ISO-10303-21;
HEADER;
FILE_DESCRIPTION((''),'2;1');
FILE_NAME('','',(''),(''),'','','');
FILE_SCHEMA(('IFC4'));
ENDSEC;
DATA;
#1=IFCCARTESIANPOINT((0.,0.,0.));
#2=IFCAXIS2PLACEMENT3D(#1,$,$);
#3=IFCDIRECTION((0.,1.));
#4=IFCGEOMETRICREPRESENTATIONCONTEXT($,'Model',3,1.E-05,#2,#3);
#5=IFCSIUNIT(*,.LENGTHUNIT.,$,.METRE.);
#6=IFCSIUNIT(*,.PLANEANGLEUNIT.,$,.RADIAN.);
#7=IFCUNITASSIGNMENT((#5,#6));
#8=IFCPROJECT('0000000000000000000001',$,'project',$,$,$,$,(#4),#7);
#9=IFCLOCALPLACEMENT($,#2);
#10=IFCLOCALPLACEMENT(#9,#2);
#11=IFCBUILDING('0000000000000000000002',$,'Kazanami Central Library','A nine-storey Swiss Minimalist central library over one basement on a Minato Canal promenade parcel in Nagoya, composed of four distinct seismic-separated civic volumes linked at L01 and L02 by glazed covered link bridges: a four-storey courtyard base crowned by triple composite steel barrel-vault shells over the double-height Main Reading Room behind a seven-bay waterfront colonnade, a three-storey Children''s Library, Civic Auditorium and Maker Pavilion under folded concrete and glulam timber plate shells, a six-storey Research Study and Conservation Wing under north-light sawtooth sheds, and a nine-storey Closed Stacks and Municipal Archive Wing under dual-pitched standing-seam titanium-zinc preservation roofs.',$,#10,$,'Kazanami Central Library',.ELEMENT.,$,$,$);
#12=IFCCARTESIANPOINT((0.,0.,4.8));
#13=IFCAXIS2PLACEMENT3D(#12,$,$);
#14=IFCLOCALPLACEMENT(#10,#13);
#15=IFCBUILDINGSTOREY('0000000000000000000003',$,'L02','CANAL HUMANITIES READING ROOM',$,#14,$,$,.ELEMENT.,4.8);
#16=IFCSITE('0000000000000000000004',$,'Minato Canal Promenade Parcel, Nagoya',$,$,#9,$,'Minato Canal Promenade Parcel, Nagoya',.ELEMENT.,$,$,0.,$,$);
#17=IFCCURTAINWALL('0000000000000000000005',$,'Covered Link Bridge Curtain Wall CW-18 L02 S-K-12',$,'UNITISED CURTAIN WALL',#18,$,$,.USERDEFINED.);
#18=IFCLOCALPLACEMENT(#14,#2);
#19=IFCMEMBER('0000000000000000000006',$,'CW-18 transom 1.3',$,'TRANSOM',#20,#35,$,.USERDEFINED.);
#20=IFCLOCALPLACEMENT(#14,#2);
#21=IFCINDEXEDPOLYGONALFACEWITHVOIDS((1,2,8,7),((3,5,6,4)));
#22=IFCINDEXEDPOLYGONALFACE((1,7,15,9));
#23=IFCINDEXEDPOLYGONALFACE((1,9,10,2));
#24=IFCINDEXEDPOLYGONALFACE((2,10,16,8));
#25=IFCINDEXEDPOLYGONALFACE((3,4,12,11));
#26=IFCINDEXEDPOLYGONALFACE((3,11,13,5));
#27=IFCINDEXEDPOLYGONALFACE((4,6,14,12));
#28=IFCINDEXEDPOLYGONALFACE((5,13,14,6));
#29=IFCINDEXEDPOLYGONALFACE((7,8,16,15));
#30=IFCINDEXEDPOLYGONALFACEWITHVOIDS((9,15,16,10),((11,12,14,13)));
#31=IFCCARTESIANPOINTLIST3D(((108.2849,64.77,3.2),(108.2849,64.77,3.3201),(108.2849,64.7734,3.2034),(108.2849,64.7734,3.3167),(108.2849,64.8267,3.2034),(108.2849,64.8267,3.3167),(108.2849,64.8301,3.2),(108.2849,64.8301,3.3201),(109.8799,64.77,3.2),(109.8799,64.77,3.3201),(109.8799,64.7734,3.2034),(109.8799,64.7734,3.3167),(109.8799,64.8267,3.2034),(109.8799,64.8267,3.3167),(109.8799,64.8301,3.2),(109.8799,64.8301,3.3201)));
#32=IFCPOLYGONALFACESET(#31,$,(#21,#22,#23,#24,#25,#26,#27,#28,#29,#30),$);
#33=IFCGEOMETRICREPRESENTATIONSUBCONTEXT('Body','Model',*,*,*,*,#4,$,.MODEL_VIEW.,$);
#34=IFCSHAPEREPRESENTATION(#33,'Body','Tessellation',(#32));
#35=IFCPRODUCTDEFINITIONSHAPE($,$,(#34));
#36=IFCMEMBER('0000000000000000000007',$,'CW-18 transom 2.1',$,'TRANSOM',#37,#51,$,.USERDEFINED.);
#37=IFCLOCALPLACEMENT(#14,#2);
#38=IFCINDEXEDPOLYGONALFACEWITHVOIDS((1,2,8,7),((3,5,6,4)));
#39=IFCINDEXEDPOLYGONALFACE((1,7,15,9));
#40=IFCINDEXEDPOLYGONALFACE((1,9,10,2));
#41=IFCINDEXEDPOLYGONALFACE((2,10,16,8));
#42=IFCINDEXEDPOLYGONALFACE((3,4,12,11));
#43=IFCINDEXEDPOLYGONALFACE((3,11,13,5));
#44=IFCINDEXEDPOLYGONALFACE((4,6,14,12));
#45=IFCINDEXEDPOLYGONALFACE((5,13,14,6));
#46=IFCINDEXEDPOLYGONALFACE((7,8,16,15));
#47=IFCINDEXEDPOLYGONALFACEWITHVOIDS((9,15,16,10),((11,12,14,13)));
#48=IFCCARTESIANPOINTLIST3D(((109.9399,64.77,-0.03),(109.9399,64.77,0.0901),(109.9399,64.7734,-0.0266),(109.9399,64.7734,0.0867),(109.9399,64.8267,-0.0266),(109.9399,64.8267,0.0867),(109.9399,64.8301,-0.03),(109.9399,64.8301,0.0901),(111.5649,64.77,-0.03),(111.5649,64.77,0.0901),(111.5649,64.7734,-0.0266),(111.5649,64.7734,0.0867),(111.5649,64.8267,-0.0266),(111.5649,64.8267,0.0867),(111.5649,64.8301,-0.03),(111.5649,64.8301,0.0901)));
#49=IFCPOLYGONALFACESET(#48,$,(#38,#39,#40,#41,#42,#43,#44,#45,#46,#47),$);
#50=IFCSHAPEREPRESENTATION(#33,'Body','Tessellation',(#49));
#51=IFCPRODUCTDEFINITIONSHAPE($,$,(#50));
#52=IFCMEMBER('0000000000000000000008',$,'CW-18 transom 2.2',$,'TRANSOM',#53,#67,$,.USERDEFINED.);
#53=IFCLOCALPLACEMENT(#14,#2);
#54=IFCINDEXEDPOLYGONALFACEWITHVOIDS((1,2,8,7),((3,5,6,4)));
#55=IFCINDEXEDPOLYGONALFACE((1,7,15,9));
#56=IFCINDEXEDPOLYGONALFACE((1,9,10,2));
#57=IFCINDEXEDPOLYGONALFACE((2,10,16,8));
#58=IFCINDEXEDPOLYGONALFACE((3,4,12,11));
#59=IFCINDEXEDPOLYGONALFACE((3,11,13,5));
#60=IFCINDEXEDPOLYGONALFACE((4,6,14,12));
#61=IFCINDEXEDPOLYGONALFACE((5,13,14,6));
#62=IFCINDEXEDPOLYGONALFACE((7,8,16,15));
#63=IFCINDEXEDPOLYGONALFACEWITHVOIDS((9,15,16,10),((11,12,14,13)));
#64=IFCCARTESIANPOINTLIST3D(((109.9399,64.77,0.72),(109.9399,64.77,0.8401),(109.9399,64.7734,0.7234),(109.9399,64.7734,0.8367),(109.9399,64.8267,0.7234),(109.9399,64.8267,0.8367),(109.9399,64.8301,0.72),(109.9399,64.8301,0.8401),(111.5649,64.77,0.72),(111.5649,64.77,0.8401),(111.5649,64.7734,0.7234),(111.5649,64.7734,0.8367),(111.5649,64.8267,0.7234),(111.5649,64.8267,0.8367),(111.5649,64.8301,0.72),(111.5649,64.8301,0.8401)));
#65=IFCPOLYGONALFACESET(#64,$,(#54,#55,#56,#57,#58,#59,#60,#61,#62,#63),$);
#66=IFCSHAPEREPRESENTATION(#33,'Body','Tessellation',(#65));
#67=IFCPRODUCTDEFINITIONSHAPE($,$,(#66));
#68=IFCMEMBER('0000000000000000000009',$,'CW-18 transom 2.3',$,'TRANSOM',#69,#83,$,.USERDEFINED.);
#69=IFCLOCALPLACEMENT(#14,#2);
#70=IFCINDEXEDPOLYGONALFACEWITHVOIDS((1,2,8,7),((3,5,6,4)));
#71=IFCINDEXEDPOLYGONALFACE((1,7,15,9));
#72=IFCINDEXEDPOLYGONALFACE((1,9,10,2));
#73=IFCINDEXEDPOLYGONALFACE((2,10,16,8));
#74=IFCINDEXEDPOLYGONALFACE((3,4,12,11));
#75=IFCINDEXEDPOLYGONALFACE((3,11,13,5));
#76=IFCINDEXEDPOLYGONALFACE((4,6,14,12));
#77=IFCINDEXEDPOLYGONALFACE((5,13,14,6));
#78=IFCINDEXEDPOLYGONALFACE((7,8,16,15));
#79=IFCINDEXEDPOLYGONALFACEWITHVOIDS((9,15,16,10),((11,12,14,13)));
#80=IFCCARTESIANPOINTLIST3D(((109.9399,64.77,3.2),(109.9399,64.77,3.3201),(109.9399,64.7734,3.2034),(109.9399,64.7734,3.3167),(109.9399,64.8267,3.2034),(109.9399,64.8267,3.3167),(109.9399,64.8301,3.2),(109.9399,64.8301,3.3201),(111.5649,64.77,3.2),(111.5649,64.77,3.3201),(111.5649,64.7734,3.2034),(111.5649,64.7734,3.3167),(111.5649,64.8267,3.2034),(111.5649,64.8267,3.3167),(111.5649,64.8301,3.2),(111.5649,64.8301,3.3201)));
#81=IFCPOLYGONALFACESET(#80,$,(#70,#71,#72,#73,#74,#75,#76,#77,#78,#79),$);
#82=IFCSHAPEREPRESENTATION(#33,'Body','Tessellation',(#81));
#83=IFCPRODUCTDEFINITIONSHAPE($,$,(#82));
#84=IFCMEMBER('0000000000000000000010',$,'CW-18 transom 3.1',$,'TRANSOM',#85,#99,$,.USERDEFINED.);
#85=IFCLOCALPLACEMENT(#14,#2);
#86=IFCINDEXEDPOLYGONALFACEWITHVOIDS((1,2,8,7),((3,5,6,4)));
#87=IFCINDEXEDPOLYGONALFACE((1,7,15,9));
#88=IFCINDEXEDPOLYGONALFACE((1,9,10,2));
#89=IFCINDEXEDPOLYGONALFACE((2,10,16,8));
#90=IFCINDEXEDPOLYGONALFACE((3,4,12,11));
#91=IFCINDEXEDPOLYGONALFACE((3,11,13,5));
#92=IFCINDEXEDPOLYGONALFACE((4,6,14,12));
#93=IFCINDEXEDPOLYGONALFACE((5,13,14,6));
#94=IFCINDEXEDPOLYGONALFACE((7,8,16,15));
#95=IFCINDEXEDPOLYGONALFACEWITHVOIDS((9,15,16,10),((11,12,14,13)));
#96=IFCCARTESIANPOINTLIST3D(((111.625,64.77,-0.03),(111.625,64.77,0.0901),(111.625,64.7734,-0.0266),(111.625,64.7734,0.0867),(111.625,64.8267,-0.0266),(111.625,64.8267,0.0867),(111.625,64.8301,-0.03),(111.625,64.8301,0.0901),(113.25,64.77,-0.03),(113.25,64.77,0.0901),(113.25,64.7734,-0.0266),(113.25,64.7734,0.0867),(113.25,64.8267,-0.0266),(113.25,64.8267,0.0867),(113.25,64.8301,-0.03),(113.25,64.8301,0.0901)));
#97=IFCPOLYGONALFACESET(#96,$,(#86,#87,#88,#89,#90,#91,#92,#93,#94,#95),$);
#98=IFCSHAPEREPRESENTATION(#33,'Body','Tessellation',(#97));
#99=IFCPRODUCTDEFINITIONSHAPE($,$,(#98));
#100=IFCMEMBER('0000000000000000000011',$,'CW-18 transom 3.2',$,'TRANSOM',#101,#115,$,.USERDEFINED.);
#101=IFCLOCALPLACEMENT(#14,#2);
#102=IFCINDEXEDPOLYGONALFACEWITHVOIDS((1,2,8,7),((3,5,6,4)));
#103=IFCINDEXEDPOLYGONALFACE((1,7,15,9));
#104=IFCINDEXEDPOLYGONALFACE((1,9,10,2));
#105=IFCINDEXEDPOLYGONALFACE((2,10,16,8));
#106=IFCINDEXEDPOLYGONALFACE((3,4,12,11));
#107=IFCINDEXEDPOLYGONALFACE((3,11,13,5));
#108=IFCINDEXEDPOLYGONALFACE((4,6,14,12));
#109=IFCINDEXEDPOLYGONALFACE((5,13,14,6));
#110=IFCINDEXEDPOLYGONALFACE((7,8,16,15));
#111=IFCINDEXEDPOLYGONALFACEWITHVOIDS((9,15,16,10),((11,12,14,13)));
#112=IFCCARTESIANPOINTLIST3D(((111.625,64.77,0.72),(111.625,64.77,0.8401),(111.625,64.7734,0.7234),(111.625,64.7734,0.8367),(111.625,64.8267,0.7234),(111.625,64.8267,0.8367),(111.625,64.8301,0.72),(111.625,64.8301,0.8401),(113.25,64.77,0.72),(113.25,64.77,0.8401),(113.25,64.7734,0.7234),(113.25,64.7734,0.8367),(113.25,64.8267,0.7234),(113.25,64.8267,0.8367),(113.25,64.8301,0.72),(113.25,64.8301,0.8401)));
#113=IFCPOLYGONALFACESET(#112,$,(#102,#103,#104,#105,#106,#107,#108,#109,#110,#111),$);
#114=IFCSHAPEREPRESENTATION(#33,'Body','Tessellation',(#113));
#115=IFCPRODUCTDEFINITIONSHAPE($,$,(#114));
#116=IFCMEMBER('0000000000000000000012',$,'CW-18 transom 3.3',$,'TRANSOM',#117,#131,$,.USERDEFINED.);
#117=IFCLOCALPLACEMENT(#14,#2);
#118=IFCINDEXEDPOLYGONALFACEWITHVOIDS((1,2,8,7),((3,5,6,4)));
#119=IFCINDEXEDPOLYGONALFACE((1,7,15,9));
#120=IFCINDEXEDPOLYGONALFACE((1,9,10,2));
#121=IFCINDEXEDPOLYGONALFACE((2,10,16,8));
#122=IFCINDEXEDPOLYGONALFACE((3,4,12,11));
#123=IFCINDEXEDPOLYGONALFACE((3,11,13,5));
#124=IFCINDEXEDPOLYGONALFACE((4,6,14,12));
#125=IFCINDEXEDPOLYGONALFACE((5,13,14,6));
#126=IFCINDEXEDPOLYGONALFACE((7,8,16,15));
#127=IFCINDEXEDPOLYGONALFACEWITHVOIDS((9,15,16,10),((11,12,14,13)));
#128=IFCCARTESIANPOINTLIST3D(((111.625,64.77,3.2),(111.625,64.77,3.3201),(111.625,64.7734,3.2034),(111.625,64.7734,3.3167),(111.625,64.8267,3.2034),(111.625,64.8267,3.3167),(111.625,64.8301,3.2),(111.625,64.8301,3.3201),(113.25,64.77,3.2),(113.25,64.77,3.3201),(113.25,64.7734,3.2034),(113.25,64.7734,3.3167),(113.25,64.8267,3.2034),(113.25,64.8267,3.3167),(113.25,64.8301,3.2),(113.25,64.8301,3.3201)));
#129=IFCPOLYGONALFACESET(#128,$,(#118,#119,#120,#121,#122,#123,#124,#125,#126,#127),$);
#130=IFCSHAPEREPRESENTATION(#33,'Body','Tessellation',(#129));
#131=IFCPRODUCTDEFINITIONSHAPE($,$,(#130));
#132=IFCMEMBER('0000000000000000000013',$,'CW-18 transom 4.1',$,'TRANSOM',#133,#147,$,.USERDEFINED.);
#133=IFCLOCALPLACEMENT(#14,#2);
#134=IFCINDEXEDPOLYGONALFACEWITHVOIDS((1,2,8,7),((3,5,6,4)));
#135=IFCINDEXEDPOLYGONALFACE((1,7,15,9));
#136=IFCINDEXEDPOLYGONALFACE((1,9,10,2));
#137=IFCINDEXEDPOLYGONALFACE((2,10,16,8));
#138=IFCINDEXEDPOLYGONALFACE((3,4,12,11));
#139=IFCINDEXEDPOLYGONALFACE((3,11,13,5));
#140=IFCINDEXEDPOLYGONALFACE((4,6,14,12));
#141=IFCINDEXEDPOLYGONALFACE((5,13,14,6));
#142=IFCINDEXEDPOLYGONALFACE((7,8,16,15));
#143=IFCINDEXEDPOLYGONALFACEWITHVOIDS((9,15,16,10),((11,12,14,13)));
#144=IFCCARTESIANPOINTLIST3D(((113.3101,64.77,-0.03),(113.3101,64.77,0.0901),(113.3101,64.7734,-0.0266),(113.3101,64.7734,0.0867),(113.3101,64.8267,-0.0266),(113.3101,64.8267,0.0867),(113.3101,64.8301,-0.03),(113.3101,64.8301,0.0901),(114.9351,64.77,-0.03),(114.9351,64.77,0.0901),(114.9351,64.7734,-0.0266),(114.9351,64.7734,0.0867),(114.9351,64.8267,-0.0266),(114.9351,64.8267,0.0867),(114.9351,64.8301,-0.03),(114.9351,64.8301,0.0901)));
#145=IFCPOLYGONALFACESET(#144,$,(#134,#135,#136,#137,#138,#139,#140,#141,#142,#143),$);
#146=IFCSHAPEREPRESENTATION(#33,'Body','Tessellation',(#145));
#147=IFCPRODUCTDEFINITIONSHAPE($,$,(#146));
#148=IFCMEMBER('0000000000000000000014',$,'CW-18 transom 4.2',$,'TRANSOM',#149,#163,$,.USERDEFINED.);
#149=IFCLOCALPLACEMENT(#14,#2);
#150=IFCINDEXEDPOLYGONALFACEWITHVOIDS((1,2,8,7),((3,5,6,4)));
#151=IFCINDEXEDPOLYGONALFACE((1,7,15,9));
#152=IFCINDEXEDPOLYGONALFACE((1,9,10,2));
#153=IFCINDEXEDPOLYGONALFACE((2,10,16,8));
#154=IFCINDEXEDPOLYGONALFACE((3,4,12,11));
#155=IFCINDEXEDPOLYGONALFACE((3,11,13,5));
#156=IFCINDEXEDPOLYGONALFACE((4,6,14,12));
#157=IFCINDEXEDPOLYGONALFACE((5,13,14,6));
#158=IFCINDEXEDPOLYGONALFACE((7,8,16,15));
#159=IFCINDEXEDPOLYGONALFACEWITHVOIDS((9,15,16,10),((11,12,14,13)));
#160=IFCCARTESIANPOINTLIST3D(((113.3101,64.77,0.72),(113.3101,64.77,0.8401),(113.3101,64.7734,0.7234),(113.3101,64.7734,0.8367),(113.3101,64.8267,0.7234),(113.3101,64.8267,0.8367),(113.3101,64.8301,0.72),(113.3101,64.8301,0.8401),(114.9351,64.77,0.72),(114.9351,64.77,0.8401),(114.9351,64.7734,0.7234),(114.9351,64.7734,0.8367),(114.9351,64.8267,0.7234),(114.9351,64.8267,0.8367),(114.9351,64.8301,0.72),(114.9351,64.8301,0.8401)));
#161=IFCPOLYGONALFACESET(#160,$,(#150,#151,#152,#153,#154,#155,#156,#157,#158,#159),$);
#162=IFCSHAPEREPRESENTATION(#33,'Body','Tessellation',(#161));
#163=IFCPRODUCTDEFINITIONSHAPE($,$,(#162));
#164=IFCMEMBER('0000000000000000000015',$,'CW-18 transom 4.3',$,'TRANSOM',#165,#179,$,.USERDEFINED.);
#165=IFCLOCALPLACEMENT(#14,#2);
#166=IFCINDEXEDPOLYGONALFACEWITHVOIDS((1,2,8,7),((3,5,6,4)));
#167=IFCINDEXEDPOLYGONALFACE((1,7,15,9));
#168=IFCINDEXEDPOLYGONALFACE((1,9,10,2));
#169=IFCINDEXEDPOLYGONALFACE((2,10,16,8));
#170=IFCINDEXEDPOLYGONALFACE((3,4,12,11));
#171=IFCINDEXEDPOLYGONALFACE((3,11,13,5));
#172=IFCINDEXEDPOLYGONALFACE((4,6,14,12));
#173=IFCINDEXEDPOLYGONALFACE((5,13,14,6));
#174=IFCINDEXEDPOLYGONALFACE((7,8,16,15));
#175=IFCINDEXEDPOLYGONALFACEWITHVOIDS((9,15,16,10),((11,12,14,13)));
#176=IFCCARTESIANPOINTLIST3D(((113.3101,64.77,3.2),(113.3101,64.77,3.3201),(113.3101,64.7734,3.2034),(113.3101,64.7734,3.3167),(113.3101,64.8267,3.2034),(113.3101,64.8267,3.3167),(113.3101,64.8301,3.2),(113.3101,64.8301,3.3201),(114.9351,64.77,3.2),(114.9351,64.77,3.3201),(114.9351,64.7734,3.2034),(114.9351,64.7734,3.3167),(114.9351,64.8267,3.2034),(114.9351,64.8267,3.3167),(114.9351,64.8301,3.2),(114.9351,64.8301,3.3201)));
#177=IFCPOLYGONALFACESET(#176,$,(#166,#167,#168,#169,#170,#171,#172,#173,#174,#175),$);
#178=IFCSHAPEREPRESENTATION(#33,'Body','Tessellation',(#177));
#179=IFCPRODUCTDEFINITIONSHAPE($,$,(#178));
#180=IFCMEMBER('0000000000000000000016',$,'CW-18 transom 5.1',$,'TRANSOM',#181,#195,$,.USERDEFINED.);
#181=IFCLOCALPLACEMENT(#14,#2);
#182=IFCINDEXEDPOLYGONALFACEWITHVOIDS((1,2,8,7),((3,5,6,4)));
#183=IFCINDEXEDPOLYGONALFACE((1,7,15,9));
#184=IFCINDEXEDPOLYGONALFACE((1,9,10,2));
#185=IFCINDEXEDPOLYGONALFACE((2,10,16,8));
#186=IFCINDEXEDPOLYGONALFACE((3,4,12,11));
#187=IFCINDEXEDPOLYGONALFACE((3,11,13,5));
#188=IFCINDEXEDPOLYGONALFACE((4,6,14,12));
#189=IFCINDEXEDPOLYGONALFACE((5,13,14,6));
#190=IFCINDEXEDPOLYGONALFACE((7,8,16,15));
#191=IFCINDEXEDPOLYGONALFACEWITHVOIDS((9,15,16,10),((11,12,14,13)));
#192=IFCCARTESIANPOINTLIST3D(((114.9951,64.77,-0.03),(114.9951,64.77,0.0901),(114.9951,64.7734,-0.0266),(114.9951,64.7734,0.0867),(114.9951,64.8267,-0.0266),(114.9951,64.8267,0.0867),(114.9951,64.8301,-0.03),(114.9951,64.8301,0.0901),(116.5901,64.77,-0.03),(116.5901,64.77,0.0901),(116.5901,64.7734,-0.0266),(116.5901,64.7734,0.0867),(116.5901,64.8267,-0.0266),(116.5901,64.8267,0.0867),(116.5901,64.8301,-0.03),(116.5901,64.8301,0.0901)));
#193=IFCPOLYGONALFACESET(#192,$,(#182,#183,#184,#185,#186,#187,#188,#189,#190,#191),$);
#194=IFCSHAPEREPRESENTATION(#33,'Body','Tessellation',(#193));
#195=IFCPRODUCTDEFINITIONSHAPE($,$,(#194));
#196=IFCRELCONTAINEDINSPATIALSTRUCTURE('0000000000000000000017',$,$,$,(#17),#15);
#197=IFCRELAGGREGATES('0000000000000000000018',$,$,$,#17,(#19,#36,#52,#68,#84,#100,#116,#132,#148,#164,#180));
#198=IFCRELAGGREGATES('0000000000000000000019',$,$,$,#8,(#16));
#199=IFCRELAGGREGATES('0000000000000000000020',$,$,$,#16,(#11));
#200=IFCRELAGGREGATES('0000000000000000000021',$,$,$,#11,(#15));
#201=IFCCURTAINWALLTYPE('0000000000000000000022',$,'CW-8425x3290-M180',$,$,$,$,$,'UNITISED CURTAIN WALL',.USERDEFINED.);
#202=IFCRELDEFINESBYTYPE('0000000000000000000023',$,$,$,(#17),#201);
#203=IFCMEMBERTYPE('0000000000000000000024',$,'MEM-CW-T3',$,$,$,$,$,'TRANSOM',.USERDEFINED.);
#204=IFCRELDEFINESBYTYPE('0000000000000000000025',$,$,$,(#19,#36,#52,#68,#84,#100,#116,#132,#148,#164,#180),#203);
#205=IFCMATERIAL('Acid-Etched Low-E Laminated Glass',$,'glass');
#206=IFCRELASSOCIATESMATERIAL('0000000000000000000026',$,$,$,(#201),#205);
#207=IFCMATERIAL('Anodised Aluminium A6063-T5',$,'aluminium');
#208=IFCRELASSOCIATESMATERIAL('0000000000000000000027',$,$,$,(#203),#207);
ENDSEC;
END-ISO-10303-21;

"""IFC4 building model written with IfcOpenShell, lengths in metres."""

from ifc_helpers import new_model, si_unit, direction, frame, origin, origin_2d, place, context, subcontext, project, spatial, hollow_rectangle, extrude, material, material_profile, profile_set, type_object, element, aggregate, save


model = new_model("IFC4")

# Units and contexts
model_context = context("Model", 3, precision=1e-05, world=origin(), true_north=direction((0.0, 1.0)))
body_context = subcontext(model_context, "Body", "Model", "MODEL_VIEW")
ifc_project = project(units=[si_unit("LENGTHUNIT", "METRE"), si_unit("PLANEANGLEUNIT", "RADIAN")], contexts=[model_context])

# Site, building, storey
site_placement = place(None, origin())
site = spatial("IfcSite", under=ifc_project, at=site_placement, Name="Minato Canal Promenade Parcel, Nagoya", LongName="Minato Canal Promenade Parcel, Nagoya", CompositionType="ELEMENT", RefElevation=0.0)
building_placement = place(site_placement, origin())
building = spatial("IfcBuilding", under=site, at=building_placement, Name="Kazanami Central Library", Description="A nine-storey Swiss Minimalist central library over one basement on a Minato Canal promenade parcel in Nagoya, composed of four distinct seismic-separated civic volumes linked at L01 and L02 by glazed covered link bridges: a four-storey courtyard base crowned by triple composite steel barrel-vault shells over the double-height Main Reading Room behind a seven-bay waterfront colonnade, a three-storey Children's Library, Civic Auditorium and Maker Pavilion under folded concrete and glulam timber plate shells, a six-storey Research Study and Conservation Wing under north-light sawtooth sheds, and a nine-storey Closed Stacks and Municipal Archive Wing under dual-pitched standing-seam titanium-zinc preservation roofs.", LongName="Kazanami Central Library", CompositionType="ELEMENT")
storey_placement = place(building_placement, frame((0.0, 0.0, 4.8)))
storey = spatial("IfcBuildingStorey", under=building, at=storey_placement, Name="L02", Description="CANAL HUMANITIES READING ROOM", CompositionType="ELEMENT", Elevation=4.8)

# Curtain wall, members
ifc_material_1 = material(Name="Acid-Etched Low-E Laminated Glass", Category="glass")
curtain_wall_type = type_object("IfcCurtainWallType", Name="CW-8425x3290-M180", ElementType="UNITISED CURTAIN WALL", PredefinedType="USERDEFINED", material=ifc_material_1)
curtain_wall_placement = place(storey_placement, origin())
curtain_wall = element("IfcCurtainWall", 1, at=curtain_wall_placement, inside=storey, type_object=curtain_wall_type, Name="Covered Link Bridge Curtain Wall CW-18 L02 S-K-12", ObjectType="UNITISED CURTAIN WALL", PredefinedType="USERDEFINED")
ifc_material_2 = material(Name="Anodised Aluminium A6063-T5", Category="aluminium")
ifc_material_profile_1 = material_profile(ifc_material_2, hollow_rectangle(XDim=0.0601, YDim=0.1201, WallThickness=0.0034, at=origin_2d()), Name="ALU-TRAN-60x120x3.5")
ifc_profile_set_1 = profile_set([ifc_material_profile_1], Name="Anodised Aluminium A6063-T5")
member_type_1 = type_object("IfcMemberType", Name="MEM-CW-T3", ElementType="TRANSOM", PredefinedType="USERDEFINED", material=ifc_profile_set_1)
member_1_placement = place(storey_placement, frame((108.2849, 64.8, 3.26), z_axis=(1.0, 0.0, 0.0), x_axis=(0.0, 1.0, 0.0)))
member_1 = element("IfcMember", 2, at=member_1_placement, type_object=member_type_1, Name="CW-18 transom 1.3", ObjectType="TRANSOM", PredefinedType="USERDEFINED", context=body_context, shape_type="SweptSolid", body=[
    extrude(hollow_rectangle(XDim=0.0601, YDim=0.1201, WallThickness=0.0034, at=origin_2d()), origin(), (0.0, 0.0, 1.0), 1.595),
])
member_2_placement = place(storey_placement, frame((109.9399, 64.8, 0.03), z_axis=(1.0, 0.0, 0.0), x_axis=(0.0, 1.0, 0.0)))
member_2 = element("IfcMember", 3, at=member_2_placement, type_object=member_type_1, Name="CW-18 transom 2.1", ObjectType="TRANSOM", PredefinedType="USERDEFINED", context=body_context, shape_type="SweptSolid", body=[
    extrude(hollow_rectangle(XDim=0.0601, YDim=0.1201, WallThickness=0.0034, at=origin_2d()), origin(), (0.0, 0.0, 1.0), 1.625),
])
member_3_placement = place(storey_placement, frame((109.9399, 64.8, 0.78), z_axis=(1.0, 0.0, 0.0), x_axis=(0.0, 1.0, 0.0)))
member_3 = element("IfcMember", 4, at=member_3_placement, type_object=member_type_1, Name="CW-18 transom 2.2", ObjectType="TRANSOM", PredefinedType="USERDEFINED", context=body_context, shape_type="SweptSolid", body=[
    extrude(hollow_rectangle(XDim=0.0601, YDim=0.1201, WallThickness=0.0034, at=origin_2d()), origin(), (0.0, 0.0, 1.0), 1.625),
])
member_4_placement = place(storey_placement, frame((109.9399, 64.8, 3.26), z_axis=(1.0, 0.0, 0.0), x_axis=(0.0, 1.0, 0.0)))
member_4 = element("IfcMember", 5, at=member_4_placement, type_object=member_type_1, Name="CW-18 transom 2.3", ObjectType="TRANSOM", PredefinedType="USERDEFINED", context=body_context, shape_type="SweptSolid", body=[
    extrude(hollow_rectangle(XDim=0.0601, YDim=0.1201, WallThickness=0.0034, at=origin_2d()), origin(), (0.0, 0.0, 1.0), 1.625),
])
member_5_placement = place(storey_placement, frame((111.625, 64.8, 0.03), z_axis=(1.0, 0.0, 0.0), x_axis=(0.0, 1.0, 0.0)))
member_5 = element("IfcMember", 6, at=member_5_placement, type_object=member_type_1, Name="CW-18 transom 3.1", ObjectType="TRANSOM", PredefinedType="USERDEFINED", context=body_context, shape_type="SweptSolid", body=[
    extrude(hollow_rectangle(XDim=0.0601, YDim=0.1201, WallThickness=0.0034, at=origin_2d()), origin(), (0.0, 0.0, 1.0), 1.625),
])
member_6_placement = place(storey_placement, frame((111.625, 64.8, 0.78), z_axis=(1.0, 0.0, 0.0), x_axis=(0.0, 1.0, 0.0)))
member_6 = element("IfcMember", 7, at=member_6_placement, type_object=member_type_1, Name="CW-18 transom 3.2", ObjectType="TRANSOM", PredefinedType="USERDEFINED", context=body_context, shape_type="SweptSolid", body=[
    extrude(hollow_rectangle(XDim=0.0601, YDim=0.1201, WallThickness=0.0034, at=origin_2d()), origin(), (0.0, 0.0, 1.0), 1.625),
])
member_7_placement = place(storey_placement, frame((111.625, 64.8, 3.26), z_axis=(1.0, 0.0, 0.0), x_axis=(0.0, 1.0, 0.0)))
member_7 = element("IfcMember", 8, at=member_7_placement, type_object=member_type_1, Name="CW-18 transom 3.3", ObjectType="TRANSOM", PredefinedType="USERDEFINED", context=body_context, shape_type="SweptSolid", body=[
    extrude(hollow_rectangle(XDim=0.0601, YDim=0.1201, WallThickness=0.0034, at=origin_2d()), origin(), (0.0, 0.0, 1.0), 1.625),
])
member_8_placement = place(storey_placement, frame((113.3101, 64.8, 0.03), z_axis=(1.0, 0.0, 0.0), x_axis=(0.0, 1.0, 0.0)))
member_8 = element("IfcMember", 9, at=member_8_placement, type_object=member_type_1, Name="CW-18 transom 4.1", ObjectType="TRANSOM", PredefinedType="USERDEFINED", context=body_context, shape_type="SweptSolid", body=[
    extrude(hollow_rectangle(XDim=0.0601, YDim=0.1201, WallThickness=0.0034, at=origin_2d()), origin(), (0.0, 0.0, 1.0), 1.625),
])
member_9_placement = place(storey_placement, frame((113.3101, 64.8, 0.78), z_axis=(1.0, 0.0, 0.0), x_axis=(0.0, 1.0, 0.0)))
member_9 = element("IfcMember", 10, at=member_9_placement, type_object=member_type_1, Name="CW-18 transom 4.2", ObjectType="TRANSOM", PredefinedType="USERDEFINED", context=body_context, shape_type="SweptSolid", body=[
    extrude(hollow_rectangle(XDim=0.0601, YDim=0.1201, WallThickness=0.0034, at=origin_2d()), origin(), (0.0, 0.0, 1.0), 1.625),
])
member_10_placement = place(storey_placement, frame((113.3101, 64.8, 3.26), z_axis=(1.0, 0.0, 0.0), x_axis=(0.0, 1.0, 0.0)))
member_10 = element("IfcMember", 11, at=member_10_placement, type_object=member_type_1, Name="CW-18 transom 4.3", ObjectType="TRANSOM", PredefinedType="USERDEFINED", context=body_context, shape_type="SweptSolid", body=[
    extrude(hollow_rectangle(XDim=0.0601, YDim=0.1201, WallThickness=0.0034, at=origin_2d()), origin(), (0.0, 0.0, 1.0), 1.625),
])
member_11_placement = place(storey_placement, frame((114.9951, 64.8, 0.03), z_axis=(1.0, 0.0, 0.0), x_axis=(0.0, 1.0, 0.0)))
member_11 = element("IfcMember", 12, at=member_11_placement, type_object=member_type_1, Name="CW-18 transom 5.1", ObjectType="TRANSOM", PredefinedType="USERDEFINED", context=body_context, shape_type="SweptSolid", body=[
    extrude(hollow_rectangle(XDim=0.0601, YDim=0.1201, WallThickness=0.0034, at=origin_2d()), origin(), (0.0, 0.0, 1.0), 1.595),
])
aggregate(curtain_wall, [member_1, member_2, member_3, member_4, member_5, member_6, member_7, member_8, member_9, member_10, member_11])

save(model, "model.ifc")
